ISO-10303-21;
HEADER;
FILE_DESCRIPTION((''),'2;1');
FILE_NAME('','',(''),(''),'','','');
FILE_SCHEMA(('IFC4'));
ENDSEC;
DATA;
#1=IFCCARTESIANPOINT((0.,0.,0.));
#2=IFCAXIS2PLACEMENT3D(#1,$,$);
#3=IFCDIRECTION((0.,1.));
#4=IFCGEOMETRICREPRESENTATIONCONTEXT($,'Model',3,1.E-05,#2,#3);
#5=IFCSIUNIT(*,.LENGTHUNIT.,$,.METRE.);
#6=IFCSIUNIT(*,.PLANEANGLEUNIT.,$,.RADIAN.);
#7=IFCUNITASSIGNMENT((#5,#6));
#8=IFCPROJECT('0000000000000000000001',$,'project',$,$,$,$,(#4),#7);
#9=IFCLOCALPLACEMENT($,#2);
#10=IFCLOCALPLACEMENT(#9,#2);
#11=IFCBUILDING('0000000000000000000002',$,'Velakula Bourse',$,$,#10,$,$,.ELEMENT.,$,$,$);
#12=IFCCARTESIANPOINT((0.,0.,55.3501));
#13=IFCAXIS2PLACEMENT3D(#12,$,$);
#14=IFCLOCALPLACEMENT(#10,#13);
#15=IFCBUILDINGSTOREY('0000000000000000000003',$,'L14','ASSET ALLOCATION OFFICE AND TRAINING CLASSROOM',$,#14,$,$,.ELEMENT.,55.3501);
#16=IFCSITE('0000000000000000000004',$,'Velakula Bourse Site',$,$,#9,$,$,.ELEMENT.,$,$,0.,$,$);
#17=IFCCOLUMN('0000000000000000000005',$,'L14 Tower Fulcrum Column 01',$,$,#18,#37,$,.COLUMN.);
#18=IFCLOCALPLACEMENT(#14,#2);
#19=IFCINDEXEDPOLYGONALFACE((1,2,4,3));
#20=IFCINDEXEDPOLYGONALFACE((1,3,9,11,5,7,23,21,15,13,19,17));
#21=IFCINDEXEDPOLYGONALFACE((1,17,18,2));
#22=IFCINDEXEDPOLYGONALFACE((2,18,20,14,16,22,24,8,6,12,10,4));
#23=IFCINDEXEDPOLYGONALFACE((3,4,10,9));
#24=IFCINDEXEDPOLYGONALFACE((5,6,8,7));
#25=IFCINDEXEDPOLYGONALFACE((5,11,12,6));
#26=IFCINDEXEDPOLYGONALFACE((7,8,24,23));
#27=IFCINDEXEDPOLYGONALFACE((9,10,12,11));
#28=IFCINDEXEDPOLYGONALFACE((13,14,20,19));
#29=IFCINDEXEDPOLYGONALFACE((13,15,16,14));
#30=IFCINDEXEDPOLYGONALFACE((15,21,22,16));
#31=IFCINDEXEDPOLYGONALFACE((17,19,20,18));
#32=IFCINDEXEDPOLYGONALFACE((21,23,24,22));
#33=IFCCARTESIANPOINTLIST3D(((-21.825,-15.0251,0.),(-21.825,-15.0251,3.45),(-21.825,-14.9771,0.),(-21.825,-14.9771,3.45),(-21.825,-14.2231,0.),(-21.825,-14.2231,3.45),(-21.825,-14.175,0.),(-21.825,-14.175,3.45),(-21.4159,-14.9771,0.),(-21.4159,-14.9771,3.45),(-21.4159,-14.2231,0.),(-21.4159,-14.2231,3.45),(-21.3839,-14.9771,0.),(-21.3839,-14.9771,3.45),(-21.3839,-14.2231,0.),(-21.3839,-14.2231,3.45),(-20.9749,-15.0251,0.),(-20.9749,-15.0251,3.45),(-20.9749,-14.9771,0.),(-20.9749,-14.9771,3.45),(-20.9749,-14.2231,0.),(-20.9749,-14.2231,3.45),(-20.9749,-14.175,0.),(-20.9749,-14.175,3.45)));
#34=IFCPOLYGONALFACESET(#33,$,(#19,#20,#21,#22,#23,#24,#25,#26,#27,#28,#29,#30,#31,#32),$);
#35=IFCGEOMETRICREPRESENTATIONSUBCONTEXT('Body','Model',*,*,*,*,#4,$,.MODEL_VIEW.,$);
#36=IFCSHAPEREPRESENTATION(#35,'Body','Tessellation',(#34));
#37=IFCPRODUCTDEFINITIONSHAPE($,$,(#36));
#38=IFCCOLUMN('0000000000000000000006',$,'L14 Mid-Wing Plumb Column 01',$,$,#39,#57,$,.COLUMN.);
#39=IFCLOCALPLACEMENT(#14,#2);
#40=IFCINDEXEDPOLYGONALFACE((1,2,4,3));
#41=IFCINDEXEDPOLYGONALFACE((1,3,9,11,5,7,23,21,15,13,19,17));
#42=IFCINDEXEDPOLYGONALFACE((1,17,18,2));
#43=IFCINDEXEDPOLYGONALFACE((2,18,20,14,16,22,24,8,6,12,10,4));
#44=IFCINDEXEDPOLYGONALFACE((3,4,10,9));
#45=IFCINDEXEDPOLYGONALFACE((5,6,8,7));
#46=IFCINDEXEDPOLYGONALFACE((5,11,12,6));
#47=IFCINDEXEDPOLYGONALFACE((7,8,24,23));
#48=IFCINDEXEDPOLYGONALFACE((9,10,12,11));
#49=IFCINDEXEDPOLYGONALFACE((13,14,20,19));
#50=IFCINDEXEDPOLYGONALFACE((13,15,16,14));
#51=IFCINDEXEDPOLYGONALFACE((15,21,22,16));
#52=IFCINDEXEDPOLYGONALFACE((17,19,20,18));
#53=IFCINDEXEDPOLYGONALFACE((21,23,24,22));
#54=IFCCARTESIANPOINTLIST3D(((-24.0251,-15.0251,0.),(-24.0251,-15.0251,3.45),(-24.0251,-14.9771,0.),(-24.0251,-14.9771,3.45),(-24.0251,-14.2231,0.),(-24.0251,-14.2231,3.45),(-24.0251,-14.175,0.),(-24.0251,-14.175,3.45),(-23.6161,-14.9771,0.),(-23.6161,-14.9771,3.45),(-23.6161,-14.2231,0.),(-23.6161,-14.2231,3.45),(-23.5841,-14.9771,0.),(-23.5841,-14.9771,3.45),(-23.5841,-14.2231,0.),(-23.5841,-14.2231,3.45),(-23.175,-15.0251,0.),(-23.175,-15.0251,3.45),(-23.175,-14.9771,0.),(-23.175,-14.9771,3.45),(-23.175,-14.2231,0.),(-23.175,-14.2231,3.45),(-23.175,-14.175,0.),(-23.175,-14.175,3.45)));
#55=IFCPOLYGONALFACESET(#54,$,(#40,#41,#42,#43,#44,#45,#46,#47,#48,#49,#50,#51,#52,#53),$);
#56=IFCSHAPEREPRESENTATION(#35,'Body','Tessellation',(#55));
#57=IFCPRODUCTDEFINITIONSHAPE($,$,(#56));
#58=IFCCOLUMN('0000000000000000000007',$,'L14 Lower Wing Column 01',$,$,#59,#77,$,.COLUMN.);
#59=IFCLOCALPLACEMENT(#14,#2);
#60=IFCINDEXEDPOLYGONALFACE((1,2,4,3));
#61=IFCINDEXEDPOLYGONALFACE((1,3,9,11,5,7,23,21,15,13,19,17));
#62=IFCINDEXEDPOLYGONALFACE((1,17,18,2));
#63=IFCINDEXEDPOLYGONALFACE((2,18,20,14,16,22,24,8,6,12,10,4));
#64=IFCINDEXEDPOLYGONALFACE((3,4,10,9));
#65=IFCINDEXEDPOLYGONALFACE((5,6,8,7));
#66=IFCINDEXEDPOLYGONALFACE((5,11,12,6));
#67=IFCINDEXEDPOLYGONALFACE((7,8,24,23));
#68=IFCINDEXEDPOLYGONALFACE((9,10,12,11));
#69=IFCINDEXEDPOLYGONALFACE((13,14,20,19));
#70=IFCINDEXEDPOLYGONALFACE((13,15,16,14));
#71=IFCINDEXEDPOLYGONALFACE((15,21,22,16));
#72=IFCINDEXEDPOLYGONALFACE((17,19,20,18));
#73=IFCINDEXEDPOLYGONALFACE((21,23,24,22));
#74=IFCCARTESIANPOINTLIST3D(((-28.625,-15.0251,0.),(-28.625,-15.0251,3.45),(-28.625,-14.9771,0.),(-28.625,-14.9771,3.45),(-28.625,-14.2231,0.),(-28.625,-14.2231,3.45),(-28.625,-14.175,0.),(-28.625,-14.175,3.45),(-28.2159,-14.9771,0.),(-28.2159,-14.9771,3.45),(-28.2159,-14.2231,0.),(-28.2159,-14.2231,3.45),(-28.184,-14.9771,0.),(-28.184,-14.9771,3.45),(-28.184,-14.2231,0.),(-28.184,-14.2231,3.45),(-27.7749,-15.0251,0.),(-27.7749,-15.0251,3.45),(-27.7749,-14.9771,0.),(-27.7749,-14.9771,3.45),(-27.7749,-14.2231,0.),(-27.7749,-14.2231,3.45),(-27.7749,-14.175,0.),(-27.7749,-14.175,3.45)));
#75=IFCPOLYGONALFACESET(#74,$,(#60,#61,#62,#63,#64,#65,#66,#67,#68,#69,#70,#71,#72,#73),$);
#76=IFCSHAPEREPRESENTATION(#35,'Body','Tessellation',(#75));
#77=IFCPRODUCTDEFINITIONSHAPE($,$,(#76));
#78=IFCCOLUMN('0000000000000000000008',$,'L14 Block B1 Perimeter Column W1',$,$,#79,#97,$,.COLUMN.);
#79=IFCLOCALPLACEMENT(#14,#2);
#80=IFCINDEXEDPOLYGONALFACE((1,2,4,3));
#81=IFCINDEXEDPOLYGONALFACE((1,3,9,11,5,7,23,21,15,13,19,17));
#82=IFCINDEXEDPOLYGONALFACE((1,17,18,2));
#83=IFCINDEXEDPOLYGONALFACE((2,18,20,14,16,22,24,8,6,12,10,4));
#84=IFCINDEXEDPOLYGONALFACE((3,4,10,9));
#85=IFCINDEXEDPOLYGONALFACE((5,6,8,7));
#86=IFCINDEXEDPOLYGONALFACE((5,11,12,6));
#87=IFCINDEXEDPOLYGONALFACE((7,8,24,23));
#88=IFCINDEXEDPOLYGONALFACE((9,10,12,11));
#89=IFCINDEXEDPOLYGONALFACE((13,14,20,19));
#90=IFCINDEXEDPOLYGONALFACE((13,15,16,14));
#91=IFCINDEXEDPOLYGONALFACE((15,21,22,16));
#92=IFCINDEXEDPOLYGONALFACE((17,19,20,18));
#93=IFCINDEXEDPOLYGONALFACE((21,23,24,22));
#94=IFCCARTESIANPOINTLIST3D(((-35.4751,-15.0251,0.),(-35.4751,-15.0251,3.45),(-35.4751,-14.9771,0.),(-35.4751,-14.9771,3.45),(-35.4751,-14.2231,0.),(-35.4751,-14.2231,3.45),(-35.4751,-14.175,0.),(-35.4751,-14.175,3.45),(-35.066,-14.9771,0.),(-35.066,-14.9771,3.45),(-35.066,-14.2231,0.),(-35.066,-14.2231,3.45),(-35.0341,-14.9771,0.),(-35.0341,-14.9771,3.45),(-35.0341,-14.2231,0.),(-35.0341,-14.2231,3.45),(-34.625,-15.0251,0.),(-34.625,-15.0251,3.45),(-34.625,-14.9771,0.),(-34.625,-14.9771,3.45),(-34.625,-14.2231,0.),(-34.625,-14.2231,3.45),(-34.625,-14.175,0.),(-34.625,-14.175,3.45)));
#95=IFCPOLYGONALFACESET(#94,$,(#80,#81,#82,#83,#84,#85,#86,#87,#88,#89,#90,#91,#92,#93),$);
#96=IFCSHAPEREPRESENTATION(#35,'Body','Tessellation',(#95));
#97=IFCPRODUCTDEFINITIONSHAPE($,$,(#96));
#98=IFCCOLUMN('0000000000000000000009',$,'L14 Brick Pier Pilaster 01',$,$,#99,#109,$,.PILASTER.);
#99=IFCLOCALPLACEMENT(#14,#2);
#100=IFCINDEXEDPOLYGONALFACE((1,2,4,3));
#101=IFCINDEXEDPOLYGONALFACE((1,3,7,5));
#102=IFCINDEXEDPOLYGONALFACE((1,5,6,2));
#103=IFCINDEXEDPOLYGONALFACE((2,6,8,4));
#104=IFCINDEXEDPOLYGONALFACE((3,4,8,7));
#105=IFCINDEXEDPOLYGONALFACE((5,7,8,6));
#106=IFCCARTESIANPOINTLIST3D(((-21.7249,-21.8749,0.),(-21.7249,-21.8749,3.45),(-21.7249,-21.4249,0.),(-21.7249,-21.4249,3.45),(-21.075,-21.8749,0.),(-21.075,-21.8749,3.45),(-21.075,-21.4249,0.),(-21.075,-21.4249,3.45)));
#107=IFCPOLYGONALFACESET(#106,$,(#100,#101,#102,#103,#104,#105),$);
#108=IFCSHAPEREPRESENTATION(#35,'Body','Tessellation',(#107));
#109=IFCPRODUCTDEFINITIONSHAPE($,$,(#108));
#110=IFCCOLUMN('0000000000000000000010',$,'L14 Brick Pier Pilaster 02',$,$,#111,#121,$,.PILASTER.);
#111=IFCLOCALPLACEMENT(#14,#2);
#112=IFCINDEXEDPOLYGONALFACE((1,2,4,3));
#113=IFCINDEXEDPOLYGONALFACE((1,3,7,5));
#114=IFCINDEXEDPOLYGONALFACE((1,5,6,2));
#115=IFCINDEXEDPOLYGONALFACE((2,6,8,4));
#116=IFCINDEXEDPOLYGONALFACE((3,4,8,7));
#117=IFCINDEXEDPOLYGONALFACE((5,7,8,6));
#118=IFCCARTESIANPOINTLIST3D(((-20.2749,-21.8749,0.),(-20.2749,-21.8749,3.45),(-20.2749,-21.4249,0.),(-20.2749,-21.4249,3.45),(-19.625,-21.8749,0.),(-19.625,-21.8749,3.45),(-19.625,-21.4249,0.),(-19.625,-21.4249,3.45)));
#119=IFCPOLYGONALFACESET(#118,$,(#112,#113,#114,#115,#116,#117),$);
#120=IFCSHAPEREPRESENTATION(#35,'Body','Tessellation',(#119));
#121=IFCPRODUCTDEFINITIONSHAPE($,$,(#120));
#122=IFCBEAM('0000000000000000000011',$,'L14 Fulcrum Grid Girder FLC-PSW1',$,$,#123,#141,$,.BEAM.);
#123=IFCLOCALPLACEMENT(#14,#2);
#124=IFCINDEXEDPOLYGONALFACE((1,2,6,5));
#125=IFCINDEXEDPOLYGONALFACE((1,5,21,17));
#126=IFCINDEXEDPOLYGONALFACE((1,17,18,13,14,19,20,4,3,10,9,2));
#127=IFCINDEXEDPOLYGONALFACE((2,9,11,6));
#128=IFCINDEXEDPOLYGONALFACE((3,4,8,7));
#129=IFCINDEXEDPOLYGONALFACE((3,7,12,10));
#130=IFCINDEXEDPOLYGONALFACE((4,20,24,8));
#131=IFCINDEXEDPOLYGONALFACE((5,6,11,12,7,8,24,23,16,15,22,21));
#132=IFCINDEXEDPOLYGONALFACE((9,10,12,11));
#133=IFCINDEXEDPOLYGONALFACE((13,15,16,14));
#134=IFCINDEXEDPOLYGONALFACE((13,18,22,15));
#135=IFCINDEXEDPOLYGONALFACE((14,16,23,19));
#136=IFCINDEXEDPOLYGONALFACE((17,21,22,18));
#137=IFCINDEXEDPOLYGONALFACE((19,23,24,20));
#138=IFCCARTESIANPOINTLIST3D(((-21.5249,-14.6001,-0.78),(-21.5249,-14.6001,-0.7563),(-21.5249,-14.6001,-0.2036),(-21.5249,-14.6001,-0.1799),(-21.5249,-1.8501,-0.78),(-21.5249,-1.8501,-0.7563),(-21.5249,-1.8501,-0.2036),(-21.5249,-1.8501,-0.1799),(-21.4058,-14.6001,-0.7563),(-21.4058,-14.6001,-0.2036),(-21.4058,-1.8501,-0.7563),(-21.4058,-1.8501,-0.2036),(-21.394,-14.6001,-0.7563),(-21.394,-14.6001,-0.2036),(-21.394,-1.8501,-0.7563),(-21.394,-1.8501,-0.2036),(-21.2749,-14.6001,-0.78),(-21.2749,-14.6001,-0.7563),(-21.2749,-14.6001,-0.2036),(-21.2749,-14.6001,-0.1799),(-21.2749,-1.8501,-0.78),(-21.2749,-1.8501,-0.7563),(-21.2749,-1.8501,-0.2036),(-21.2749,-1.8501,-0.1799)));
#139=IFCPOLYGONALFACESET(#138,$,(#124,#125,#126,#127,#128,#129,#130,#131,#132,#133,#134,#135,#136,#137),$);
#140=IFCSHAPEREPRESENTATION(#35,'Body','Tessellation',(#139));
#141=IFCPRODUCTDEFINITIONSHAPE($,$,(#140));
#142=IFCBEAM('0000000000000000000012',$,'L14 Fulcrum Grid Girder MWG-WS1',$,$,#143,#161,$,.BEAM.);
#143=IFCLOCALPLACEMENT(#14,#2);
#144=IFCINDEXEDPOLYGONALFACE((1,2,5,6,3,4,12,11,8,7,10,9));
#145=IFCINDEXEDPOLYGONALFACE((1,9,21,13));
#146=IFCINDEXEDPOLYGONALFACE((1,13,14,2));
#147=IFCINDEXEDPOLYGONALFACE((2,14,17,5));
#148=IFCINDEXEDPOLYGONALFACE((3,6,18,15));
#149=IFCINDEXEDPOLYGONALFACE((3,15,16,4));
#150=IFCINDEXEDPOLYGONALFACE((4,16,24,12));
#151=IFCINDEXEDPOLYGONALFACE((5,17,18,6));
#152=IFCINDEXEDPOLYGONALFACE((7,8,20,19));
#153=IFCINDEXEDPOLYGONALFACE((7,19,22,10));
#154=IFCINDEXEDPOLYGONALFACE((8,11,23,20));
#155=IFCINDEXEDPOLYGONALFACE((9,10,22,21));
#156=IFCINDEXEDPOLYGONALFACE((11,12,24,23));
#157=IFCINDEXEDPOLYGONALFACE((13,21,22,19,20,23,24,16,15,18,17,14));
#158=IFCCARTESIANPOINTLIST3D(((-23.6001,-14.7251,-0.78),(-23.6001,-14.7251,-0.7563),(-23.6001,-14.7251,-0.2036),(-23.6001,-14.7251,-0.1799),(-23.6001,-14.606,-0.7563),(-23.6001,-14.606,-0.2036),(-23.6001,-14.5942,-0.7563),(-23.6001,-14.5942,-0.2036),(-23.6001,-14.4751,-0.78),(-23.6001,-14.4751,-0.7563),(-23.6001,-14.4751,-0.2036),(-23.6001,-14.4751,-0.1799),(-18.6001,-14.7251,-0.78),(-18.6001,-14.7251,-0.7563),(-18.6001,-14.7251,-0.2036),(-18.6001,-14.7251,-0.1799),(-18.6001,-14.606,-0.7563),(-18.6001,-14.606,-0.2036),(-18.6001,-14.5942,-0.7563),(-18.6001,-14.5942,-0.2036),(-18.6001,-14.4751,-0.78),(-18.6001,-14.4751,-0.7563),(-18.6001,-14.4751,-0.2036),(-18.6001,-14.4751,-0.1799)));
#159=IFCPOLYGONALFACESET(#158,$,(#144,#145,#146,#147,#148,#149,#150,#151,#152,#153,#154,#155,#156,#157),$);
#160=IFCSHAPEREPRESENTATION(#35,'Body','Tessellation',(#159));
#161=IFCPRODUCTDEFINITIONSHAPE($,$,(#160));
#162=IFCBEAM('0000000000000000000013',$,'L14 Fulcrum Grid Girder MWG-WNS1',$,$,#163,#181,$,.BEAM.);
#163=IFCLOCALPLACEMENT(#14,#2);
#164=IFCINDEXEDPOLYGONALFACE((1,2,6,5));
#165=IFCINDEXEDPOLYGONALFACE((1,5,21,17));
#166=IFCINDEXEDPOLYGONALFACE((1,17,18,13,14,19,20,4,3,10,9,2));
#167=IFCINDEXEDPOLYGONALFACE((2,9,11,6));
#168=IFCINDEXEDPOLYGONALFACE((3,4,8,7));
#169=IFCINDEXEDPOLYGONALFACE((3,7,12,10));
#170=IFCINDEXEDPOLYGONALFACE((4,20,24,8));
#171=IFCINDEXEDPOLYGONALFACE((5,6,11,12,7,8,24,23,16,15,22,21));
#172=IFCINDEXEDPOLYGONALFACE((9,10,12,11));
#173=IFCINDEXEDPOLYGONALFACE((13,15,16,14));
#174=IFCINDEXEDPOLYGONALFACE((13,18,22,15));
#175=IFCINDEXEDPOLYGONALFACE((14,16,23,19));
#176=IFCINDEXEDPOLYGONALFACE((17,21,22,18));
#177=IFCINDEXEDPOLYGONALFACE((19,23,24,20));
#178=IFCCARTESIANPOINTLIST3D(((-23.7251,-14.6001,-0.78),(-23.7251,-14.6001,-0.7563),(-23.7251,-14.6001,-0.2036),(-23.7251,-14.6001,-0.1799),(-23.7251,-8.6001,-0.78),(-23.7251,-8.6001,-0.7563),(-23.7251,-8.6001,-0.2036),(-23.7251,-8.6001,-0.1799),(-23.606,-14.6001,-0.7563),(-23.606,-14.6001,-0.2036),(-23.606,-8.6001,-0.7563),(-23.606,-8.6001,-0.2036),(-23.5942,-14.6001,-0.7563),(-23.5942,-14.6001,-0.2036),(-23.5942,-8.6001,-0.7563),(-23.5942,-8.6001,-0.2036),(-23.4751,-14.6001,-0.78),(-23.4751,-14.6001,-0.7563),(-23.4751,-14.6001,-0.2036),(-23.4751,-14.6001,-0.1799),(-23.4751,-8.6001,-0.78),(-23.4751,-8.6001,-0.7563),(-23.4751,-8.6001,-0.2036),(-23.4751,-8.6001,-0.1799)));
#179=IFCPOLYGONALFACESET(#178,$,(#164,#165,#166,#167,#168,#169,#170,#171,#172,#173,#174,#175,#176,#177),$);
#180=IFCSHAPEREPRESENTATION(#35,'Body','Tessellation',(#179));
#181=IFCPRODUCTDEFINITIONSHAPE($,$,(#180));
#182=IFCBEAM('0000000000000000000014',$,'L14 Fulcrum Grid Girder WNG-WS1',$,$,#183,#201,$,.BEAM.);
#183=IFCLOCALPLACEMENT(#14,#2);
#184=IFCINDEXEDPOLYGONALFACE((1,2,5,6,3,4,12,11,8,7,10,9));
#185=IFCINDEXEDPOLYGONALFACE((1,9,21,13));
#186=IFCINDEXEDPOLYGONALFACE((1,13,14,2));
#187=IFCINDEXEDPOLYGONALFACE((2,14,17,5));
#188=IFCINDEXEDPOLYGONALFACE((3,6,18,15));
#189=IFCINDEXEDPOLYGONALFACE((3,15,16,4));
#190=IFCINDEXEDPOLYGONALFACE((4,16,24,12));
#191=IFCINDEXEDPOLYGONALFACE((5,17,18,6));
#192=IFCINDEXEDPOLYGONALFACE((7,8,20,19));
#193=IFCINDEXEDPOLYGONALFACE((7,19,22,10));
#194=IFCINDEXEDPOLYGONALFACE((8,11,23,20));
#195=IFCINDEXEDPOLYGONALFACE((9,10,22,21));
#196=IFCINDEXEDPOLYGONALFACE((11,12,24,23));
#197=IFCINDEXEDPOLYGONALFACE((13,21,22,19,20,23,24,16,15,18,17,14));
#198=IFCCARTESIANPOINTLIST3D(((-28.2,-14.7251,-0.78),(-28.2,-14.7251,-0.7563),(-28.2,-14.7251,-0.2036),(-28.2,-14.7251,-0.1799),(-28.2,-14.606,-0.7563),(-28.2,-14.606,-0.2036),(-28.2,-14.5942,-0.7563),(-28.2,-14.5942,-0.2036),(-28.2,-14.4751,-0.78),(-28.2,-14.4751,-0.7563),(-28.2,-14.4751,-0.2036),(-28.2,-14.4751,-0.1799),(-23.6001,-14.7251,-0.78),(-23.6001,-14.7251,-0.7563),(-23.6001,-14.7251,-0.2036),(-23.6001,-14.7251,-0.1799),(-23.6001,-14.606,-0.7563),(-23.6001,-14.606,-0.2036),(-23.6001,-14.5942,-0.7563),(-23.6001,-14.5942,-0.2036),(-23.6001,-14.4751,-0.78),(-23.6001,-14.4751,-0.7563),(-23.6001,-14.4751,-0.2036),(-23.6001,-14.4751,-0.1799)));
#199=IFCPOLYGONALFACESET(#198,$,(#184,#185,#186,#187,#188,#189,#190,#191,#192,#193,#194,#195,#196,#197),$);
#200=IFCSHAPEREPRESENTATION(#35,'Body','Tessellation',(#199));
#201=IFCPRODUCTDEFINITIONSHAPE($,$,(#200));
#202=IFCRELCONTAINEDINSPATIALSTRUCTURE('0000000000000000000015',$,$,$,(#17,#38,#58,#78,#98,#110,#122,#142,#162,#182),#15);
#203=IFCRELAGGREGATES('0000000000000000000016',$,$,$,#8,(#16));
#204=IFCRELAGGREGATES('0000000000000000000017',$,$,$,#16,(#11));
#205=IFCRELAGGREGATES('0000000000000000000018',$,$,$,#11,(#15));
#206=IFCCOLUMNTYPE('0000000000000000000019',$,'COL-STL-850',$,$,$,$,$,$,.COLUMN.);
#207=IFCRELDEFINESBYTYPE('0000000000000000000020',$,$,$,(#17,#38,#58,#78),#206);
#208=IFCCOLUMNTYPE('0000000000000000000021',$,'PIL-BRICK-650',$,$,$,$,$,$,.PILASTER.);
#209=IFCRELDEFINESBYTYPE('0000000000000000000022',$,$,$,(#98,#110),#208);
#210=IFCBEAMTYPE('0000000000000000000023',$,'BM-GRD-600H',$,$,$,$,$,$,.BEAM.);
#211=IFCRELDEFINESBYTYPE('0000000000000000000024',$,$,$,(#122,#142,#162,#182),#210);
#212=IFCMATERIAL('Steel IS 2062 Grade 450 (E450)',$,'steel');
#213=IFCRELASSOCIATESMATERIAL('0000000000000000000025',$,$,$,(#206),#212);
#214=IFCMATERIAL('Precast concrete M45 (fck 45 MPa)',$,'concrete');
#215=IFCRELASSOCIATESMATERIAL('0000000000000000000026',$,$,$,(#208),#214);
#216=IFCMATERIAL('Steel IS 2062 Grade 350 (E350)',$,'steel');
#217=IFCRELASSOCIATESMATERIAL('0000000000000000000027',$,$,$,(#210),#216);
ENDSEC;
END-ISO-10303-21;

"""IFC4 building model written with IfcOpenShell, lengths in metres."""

from ifc_helpers import new_model, si_unit, direction, frame, origin, origin_2d, place, context, subcontext, project, spatial, rectangle, i_section, extrude, material, material_profile, profile_set, type_object, element, save


model = new_model("IFC4")

# Units and contexts
model_context = context("Model", 3, precision=1e-05, world=origin(), true_north=direction((0.0, 1.0)))
body_context = subcontext(model_context, "Body", "Model", "MODEL_VIEW")
ifc_project = project(units=[si_unit("LENGTHUNIT", "METRE"), si_unit("PLANEANGLEUNIT", "RADIAN")], contexts=[model_context])

# Site, building, storey
site_placement = place(None, origin())
site = spatial("IfcSite", under=ifc_project, at=site_placement, Name="Velakula Bourse Site", CompositionType="ELEMENT", RefElevation=0.0)
building_placement = place(site_placement, origin())
building = spatial("IfcBuilding", under=site, at=building_placement, Name="Velakula Bourse", CompositionType="ELEMENT")
storey_placement = place(building_placement, frame((0.0, 0.0, 55.3501)))
storey = spatial("IfcBuildingStorey", under=building, at=storey_placement, Name="L14", Description="ASSET ALLOCATION OFFICE AND TRAINING CLASSROOM", CompositionType="ELEMENT", Elevation=55.3501)

# Columns
ifc_material_1 = material(Name="Steel IS 2062 Grade 450 (E450)", Category="steel")
ifc_material_profile_1 = material_profile(ifc_material_1, i_section(OverallWidth=0.8501, OverallDepth=0.8501, WebThickness=0.032, FlangeThickness=0.0481, at=origin_2d()), Name="Steel IS 2062 Grade 450 (E450)")
ifc_profile_set_1 = profile_set([ifc_material_profile_1], Name="Steel IS 2062 Grade 450 (E450)")
column_type_1 = type_object("IfcColumnType", Name="COL-STL-850", PredefinedType="COLUMN", material=ifc_profile_set_1)
for number, where, z_axis, x_axis, name in (
    (1, (-21.3999, -14.6001, 0.0), (0.0, 0.0, 1.0), (1.0, 0.0, 0.0), "L14 Tower Fulcrum Column 01"),
    (2, (-23.6001, -14.6001, 0.0), (0.0, 0.0, 1.0), (1.0, 0.0, 0.0), "L14 Mid-Wing Plumb Column 01"),
    (3, (-28.2, -14.6001, 0.0), (0.0, 0.0, 1.0), (1.0, 0.0, 0.0), "L14 Lower Wing Column 01"),
    (4, (-35.05, -14.6001, 0.0), (0.0, 0.0, 1.0), (1.0, 0.0, 0.0), "L14 Block B1 Perimeter Column W1"),
):
    element("IfcColumn", number, at=place(storey_placement, frame(where, z_axis=z_axis, x_axis=x_axis)), inside=storey, type_object=column_type_1, Name=name, PredefinedType="COLUMN", context=body_context, shape_type="SweptSolid", body=[
        extrude(i_section(OverallWidth=0.8501, OverallDepth=0.8501, WebThickness=0.032, FlangeThickness=0.0481, at=origin_2d()), origin(), (0.0, 0.0, 1.0), 3.45),
    ])
ifc_material_2 = material(Name="Precast concrete M45 (fck 45 MPa)", Category="concrete")
ifc_material_profile_2 = material_profile(ifc_material_2, rectangle(XDim=0.6499, YDim=0.45, at=origin_2d()), Name="Precast concrete M45 (fck 45 MPa)")
ifc_profile_set_2 = profile_set([ifc_material_profile_2], Name="Precast concrete M45 (fck 45 MPa)")
column_type_2 = type_object("IfcColumnType", Name="PIL-BRICK-650", PredefinedType="PILASTER", material=ifc_profile_set_2)
for number, where, z_axis, x_axis, name in (
    (5, (-21.3999, -21.6499, 0.0), (0.0, 0.0, 1.0), (1.0, 0.0, 0.0), "L14 Brick Pier Pilaster 01"),
    (6, (-19.95, -21.6499, 0.0), (0.0, 0.0, 1.0), (1.0, 0.0, 0.0), "L14 Brick Pier Pilaster 02"),
):
    element("IfcColumn", number, at=place(storey_placement, frame(where, z_axis=z_axis, x_axis=x_axis)), inside=storey, type_object=column_type_2, Name=name, PredefinedType="PILASTER", context=body_context, shape_type="SweptSolid", body=[
        extrude(rectangle(XDim=0.6499, YDim=0.45, at=origin_2d()), origin(), (0.0, 0.0, 1.0), 3.45),
    ])

# Beams
ifc_material_3 = material(Name="Steel IS 2062 Grade 350 (E350)", Category="steel")
ifc_material_profile_3 = material_profile(ifc_material_3, i_section(OverallWidth=0.25, OverallDepth=0.6001, WebThickness=0.0117, FlangeThickness=0.0237, at=origin_2d()), Name="Steel IS 2062 Grade 350 (E350)")
ifc_profile_set_3 = profile_set([ifc_material_profile_3], Name="Steel IS 2062 Grade 350 (E350)")
beam_type_1 = type_object("IfcBeamType", Name="BM-GRD-600H", PredefinedType="BEAM", material=ifc_profile_set_3)
beam_1_placement = place(storey_placement, frame((-21.3999, -14.6001, -0.48), z_axis=(0.0, 1.0, 0.0), x_axis=(-1.0, 0.0, 0.0)))
element("IfcBeam", 7, at=beam_1_placement, inside=storey, type_object=beam_type_1, Name="L14 Fulcrum Grid Girder FLC-PSW1", PredefinedType="BEAM", context=body_context, shape_type="SweptSolid", body=[
    extrude(i_section(OverallWidth=0.25, OverallDepth=0.6001, WebThickness=0.0117, FlangeThickness=0.0237, at=origin_2d()), origin(), (0.0, 0.0, 1.0), 12.75),
])
beam_2_placement = place(storey_placement, frame((-23.6001, -14.6001, -0.48), z_axis=(1.0, 0.0, 0.0), x_axis=(0.0, 1.0, 0.0)))
element("IfcBeam", 8, at=beam_2_placement, inside=storey, type_object=beam_type_1, Name="L14 Fulcrum Grid Girder MWG-WS1", PredefinedType="BEAM", context=body_context, shape_type="SweptSolid", body=[
    extrude(i_section(OverallWidth=0.25, OverallDepth=0.6001, WebThickness=0.0117, FlangeThickness=0.0237, at=origin_2d()), origin(), (0.0, 0.0, 1.0), 5.0),
])
beam_3_placement = place(storey_placement, frame((-23.6001, -14.6001, -0.48), z_axis=(0.0, 1.0, 0.0), x_axis=(-1.0, 0.0, 0.0)))
element("IfcBeam", 9, at=beam_3_placement, inside=storey, type_object=beam_type_1, Name="L14 Fulcrum Grid Girder MWG-WNS1", PredefinedType="BEAM", context=body_context, shape_type="SweptSolid", body=[
    extrude(i_section(OverallWidth=0.25, OverallDepth=0.6001, WebThickness=0.0117, FlangeThickness=0.0237, at=origin_2d()), origin(), (0.0, 0.0, 1.0), 6.0),
])
beam_4_placement = place(storey_placement, frame((-28.2, -14.6001, -0.48), z_axis=(1.0, 0.0, 0.0), x_axis=(0.0, 1.0, 0.0)))
element("IfcBeam", 10, at=beam_4_placement, inside=storey, type_object=beam_type_1, Name="L14 Fulcrum Grid Girder WNG-WS1", PredefinedType="BEAM", context=body_context, shape_type="SweptSolid", body=[
    extrude(i_section(OverallWidth=0.25, OverallDepth=0.6001, WebThickness=0.0117, FlangeThickness=0.0237, at=origin_2d()), origin(), (0.0, 0.0, 1.0), 4.5999),
])

save(model, "model.ifc")
